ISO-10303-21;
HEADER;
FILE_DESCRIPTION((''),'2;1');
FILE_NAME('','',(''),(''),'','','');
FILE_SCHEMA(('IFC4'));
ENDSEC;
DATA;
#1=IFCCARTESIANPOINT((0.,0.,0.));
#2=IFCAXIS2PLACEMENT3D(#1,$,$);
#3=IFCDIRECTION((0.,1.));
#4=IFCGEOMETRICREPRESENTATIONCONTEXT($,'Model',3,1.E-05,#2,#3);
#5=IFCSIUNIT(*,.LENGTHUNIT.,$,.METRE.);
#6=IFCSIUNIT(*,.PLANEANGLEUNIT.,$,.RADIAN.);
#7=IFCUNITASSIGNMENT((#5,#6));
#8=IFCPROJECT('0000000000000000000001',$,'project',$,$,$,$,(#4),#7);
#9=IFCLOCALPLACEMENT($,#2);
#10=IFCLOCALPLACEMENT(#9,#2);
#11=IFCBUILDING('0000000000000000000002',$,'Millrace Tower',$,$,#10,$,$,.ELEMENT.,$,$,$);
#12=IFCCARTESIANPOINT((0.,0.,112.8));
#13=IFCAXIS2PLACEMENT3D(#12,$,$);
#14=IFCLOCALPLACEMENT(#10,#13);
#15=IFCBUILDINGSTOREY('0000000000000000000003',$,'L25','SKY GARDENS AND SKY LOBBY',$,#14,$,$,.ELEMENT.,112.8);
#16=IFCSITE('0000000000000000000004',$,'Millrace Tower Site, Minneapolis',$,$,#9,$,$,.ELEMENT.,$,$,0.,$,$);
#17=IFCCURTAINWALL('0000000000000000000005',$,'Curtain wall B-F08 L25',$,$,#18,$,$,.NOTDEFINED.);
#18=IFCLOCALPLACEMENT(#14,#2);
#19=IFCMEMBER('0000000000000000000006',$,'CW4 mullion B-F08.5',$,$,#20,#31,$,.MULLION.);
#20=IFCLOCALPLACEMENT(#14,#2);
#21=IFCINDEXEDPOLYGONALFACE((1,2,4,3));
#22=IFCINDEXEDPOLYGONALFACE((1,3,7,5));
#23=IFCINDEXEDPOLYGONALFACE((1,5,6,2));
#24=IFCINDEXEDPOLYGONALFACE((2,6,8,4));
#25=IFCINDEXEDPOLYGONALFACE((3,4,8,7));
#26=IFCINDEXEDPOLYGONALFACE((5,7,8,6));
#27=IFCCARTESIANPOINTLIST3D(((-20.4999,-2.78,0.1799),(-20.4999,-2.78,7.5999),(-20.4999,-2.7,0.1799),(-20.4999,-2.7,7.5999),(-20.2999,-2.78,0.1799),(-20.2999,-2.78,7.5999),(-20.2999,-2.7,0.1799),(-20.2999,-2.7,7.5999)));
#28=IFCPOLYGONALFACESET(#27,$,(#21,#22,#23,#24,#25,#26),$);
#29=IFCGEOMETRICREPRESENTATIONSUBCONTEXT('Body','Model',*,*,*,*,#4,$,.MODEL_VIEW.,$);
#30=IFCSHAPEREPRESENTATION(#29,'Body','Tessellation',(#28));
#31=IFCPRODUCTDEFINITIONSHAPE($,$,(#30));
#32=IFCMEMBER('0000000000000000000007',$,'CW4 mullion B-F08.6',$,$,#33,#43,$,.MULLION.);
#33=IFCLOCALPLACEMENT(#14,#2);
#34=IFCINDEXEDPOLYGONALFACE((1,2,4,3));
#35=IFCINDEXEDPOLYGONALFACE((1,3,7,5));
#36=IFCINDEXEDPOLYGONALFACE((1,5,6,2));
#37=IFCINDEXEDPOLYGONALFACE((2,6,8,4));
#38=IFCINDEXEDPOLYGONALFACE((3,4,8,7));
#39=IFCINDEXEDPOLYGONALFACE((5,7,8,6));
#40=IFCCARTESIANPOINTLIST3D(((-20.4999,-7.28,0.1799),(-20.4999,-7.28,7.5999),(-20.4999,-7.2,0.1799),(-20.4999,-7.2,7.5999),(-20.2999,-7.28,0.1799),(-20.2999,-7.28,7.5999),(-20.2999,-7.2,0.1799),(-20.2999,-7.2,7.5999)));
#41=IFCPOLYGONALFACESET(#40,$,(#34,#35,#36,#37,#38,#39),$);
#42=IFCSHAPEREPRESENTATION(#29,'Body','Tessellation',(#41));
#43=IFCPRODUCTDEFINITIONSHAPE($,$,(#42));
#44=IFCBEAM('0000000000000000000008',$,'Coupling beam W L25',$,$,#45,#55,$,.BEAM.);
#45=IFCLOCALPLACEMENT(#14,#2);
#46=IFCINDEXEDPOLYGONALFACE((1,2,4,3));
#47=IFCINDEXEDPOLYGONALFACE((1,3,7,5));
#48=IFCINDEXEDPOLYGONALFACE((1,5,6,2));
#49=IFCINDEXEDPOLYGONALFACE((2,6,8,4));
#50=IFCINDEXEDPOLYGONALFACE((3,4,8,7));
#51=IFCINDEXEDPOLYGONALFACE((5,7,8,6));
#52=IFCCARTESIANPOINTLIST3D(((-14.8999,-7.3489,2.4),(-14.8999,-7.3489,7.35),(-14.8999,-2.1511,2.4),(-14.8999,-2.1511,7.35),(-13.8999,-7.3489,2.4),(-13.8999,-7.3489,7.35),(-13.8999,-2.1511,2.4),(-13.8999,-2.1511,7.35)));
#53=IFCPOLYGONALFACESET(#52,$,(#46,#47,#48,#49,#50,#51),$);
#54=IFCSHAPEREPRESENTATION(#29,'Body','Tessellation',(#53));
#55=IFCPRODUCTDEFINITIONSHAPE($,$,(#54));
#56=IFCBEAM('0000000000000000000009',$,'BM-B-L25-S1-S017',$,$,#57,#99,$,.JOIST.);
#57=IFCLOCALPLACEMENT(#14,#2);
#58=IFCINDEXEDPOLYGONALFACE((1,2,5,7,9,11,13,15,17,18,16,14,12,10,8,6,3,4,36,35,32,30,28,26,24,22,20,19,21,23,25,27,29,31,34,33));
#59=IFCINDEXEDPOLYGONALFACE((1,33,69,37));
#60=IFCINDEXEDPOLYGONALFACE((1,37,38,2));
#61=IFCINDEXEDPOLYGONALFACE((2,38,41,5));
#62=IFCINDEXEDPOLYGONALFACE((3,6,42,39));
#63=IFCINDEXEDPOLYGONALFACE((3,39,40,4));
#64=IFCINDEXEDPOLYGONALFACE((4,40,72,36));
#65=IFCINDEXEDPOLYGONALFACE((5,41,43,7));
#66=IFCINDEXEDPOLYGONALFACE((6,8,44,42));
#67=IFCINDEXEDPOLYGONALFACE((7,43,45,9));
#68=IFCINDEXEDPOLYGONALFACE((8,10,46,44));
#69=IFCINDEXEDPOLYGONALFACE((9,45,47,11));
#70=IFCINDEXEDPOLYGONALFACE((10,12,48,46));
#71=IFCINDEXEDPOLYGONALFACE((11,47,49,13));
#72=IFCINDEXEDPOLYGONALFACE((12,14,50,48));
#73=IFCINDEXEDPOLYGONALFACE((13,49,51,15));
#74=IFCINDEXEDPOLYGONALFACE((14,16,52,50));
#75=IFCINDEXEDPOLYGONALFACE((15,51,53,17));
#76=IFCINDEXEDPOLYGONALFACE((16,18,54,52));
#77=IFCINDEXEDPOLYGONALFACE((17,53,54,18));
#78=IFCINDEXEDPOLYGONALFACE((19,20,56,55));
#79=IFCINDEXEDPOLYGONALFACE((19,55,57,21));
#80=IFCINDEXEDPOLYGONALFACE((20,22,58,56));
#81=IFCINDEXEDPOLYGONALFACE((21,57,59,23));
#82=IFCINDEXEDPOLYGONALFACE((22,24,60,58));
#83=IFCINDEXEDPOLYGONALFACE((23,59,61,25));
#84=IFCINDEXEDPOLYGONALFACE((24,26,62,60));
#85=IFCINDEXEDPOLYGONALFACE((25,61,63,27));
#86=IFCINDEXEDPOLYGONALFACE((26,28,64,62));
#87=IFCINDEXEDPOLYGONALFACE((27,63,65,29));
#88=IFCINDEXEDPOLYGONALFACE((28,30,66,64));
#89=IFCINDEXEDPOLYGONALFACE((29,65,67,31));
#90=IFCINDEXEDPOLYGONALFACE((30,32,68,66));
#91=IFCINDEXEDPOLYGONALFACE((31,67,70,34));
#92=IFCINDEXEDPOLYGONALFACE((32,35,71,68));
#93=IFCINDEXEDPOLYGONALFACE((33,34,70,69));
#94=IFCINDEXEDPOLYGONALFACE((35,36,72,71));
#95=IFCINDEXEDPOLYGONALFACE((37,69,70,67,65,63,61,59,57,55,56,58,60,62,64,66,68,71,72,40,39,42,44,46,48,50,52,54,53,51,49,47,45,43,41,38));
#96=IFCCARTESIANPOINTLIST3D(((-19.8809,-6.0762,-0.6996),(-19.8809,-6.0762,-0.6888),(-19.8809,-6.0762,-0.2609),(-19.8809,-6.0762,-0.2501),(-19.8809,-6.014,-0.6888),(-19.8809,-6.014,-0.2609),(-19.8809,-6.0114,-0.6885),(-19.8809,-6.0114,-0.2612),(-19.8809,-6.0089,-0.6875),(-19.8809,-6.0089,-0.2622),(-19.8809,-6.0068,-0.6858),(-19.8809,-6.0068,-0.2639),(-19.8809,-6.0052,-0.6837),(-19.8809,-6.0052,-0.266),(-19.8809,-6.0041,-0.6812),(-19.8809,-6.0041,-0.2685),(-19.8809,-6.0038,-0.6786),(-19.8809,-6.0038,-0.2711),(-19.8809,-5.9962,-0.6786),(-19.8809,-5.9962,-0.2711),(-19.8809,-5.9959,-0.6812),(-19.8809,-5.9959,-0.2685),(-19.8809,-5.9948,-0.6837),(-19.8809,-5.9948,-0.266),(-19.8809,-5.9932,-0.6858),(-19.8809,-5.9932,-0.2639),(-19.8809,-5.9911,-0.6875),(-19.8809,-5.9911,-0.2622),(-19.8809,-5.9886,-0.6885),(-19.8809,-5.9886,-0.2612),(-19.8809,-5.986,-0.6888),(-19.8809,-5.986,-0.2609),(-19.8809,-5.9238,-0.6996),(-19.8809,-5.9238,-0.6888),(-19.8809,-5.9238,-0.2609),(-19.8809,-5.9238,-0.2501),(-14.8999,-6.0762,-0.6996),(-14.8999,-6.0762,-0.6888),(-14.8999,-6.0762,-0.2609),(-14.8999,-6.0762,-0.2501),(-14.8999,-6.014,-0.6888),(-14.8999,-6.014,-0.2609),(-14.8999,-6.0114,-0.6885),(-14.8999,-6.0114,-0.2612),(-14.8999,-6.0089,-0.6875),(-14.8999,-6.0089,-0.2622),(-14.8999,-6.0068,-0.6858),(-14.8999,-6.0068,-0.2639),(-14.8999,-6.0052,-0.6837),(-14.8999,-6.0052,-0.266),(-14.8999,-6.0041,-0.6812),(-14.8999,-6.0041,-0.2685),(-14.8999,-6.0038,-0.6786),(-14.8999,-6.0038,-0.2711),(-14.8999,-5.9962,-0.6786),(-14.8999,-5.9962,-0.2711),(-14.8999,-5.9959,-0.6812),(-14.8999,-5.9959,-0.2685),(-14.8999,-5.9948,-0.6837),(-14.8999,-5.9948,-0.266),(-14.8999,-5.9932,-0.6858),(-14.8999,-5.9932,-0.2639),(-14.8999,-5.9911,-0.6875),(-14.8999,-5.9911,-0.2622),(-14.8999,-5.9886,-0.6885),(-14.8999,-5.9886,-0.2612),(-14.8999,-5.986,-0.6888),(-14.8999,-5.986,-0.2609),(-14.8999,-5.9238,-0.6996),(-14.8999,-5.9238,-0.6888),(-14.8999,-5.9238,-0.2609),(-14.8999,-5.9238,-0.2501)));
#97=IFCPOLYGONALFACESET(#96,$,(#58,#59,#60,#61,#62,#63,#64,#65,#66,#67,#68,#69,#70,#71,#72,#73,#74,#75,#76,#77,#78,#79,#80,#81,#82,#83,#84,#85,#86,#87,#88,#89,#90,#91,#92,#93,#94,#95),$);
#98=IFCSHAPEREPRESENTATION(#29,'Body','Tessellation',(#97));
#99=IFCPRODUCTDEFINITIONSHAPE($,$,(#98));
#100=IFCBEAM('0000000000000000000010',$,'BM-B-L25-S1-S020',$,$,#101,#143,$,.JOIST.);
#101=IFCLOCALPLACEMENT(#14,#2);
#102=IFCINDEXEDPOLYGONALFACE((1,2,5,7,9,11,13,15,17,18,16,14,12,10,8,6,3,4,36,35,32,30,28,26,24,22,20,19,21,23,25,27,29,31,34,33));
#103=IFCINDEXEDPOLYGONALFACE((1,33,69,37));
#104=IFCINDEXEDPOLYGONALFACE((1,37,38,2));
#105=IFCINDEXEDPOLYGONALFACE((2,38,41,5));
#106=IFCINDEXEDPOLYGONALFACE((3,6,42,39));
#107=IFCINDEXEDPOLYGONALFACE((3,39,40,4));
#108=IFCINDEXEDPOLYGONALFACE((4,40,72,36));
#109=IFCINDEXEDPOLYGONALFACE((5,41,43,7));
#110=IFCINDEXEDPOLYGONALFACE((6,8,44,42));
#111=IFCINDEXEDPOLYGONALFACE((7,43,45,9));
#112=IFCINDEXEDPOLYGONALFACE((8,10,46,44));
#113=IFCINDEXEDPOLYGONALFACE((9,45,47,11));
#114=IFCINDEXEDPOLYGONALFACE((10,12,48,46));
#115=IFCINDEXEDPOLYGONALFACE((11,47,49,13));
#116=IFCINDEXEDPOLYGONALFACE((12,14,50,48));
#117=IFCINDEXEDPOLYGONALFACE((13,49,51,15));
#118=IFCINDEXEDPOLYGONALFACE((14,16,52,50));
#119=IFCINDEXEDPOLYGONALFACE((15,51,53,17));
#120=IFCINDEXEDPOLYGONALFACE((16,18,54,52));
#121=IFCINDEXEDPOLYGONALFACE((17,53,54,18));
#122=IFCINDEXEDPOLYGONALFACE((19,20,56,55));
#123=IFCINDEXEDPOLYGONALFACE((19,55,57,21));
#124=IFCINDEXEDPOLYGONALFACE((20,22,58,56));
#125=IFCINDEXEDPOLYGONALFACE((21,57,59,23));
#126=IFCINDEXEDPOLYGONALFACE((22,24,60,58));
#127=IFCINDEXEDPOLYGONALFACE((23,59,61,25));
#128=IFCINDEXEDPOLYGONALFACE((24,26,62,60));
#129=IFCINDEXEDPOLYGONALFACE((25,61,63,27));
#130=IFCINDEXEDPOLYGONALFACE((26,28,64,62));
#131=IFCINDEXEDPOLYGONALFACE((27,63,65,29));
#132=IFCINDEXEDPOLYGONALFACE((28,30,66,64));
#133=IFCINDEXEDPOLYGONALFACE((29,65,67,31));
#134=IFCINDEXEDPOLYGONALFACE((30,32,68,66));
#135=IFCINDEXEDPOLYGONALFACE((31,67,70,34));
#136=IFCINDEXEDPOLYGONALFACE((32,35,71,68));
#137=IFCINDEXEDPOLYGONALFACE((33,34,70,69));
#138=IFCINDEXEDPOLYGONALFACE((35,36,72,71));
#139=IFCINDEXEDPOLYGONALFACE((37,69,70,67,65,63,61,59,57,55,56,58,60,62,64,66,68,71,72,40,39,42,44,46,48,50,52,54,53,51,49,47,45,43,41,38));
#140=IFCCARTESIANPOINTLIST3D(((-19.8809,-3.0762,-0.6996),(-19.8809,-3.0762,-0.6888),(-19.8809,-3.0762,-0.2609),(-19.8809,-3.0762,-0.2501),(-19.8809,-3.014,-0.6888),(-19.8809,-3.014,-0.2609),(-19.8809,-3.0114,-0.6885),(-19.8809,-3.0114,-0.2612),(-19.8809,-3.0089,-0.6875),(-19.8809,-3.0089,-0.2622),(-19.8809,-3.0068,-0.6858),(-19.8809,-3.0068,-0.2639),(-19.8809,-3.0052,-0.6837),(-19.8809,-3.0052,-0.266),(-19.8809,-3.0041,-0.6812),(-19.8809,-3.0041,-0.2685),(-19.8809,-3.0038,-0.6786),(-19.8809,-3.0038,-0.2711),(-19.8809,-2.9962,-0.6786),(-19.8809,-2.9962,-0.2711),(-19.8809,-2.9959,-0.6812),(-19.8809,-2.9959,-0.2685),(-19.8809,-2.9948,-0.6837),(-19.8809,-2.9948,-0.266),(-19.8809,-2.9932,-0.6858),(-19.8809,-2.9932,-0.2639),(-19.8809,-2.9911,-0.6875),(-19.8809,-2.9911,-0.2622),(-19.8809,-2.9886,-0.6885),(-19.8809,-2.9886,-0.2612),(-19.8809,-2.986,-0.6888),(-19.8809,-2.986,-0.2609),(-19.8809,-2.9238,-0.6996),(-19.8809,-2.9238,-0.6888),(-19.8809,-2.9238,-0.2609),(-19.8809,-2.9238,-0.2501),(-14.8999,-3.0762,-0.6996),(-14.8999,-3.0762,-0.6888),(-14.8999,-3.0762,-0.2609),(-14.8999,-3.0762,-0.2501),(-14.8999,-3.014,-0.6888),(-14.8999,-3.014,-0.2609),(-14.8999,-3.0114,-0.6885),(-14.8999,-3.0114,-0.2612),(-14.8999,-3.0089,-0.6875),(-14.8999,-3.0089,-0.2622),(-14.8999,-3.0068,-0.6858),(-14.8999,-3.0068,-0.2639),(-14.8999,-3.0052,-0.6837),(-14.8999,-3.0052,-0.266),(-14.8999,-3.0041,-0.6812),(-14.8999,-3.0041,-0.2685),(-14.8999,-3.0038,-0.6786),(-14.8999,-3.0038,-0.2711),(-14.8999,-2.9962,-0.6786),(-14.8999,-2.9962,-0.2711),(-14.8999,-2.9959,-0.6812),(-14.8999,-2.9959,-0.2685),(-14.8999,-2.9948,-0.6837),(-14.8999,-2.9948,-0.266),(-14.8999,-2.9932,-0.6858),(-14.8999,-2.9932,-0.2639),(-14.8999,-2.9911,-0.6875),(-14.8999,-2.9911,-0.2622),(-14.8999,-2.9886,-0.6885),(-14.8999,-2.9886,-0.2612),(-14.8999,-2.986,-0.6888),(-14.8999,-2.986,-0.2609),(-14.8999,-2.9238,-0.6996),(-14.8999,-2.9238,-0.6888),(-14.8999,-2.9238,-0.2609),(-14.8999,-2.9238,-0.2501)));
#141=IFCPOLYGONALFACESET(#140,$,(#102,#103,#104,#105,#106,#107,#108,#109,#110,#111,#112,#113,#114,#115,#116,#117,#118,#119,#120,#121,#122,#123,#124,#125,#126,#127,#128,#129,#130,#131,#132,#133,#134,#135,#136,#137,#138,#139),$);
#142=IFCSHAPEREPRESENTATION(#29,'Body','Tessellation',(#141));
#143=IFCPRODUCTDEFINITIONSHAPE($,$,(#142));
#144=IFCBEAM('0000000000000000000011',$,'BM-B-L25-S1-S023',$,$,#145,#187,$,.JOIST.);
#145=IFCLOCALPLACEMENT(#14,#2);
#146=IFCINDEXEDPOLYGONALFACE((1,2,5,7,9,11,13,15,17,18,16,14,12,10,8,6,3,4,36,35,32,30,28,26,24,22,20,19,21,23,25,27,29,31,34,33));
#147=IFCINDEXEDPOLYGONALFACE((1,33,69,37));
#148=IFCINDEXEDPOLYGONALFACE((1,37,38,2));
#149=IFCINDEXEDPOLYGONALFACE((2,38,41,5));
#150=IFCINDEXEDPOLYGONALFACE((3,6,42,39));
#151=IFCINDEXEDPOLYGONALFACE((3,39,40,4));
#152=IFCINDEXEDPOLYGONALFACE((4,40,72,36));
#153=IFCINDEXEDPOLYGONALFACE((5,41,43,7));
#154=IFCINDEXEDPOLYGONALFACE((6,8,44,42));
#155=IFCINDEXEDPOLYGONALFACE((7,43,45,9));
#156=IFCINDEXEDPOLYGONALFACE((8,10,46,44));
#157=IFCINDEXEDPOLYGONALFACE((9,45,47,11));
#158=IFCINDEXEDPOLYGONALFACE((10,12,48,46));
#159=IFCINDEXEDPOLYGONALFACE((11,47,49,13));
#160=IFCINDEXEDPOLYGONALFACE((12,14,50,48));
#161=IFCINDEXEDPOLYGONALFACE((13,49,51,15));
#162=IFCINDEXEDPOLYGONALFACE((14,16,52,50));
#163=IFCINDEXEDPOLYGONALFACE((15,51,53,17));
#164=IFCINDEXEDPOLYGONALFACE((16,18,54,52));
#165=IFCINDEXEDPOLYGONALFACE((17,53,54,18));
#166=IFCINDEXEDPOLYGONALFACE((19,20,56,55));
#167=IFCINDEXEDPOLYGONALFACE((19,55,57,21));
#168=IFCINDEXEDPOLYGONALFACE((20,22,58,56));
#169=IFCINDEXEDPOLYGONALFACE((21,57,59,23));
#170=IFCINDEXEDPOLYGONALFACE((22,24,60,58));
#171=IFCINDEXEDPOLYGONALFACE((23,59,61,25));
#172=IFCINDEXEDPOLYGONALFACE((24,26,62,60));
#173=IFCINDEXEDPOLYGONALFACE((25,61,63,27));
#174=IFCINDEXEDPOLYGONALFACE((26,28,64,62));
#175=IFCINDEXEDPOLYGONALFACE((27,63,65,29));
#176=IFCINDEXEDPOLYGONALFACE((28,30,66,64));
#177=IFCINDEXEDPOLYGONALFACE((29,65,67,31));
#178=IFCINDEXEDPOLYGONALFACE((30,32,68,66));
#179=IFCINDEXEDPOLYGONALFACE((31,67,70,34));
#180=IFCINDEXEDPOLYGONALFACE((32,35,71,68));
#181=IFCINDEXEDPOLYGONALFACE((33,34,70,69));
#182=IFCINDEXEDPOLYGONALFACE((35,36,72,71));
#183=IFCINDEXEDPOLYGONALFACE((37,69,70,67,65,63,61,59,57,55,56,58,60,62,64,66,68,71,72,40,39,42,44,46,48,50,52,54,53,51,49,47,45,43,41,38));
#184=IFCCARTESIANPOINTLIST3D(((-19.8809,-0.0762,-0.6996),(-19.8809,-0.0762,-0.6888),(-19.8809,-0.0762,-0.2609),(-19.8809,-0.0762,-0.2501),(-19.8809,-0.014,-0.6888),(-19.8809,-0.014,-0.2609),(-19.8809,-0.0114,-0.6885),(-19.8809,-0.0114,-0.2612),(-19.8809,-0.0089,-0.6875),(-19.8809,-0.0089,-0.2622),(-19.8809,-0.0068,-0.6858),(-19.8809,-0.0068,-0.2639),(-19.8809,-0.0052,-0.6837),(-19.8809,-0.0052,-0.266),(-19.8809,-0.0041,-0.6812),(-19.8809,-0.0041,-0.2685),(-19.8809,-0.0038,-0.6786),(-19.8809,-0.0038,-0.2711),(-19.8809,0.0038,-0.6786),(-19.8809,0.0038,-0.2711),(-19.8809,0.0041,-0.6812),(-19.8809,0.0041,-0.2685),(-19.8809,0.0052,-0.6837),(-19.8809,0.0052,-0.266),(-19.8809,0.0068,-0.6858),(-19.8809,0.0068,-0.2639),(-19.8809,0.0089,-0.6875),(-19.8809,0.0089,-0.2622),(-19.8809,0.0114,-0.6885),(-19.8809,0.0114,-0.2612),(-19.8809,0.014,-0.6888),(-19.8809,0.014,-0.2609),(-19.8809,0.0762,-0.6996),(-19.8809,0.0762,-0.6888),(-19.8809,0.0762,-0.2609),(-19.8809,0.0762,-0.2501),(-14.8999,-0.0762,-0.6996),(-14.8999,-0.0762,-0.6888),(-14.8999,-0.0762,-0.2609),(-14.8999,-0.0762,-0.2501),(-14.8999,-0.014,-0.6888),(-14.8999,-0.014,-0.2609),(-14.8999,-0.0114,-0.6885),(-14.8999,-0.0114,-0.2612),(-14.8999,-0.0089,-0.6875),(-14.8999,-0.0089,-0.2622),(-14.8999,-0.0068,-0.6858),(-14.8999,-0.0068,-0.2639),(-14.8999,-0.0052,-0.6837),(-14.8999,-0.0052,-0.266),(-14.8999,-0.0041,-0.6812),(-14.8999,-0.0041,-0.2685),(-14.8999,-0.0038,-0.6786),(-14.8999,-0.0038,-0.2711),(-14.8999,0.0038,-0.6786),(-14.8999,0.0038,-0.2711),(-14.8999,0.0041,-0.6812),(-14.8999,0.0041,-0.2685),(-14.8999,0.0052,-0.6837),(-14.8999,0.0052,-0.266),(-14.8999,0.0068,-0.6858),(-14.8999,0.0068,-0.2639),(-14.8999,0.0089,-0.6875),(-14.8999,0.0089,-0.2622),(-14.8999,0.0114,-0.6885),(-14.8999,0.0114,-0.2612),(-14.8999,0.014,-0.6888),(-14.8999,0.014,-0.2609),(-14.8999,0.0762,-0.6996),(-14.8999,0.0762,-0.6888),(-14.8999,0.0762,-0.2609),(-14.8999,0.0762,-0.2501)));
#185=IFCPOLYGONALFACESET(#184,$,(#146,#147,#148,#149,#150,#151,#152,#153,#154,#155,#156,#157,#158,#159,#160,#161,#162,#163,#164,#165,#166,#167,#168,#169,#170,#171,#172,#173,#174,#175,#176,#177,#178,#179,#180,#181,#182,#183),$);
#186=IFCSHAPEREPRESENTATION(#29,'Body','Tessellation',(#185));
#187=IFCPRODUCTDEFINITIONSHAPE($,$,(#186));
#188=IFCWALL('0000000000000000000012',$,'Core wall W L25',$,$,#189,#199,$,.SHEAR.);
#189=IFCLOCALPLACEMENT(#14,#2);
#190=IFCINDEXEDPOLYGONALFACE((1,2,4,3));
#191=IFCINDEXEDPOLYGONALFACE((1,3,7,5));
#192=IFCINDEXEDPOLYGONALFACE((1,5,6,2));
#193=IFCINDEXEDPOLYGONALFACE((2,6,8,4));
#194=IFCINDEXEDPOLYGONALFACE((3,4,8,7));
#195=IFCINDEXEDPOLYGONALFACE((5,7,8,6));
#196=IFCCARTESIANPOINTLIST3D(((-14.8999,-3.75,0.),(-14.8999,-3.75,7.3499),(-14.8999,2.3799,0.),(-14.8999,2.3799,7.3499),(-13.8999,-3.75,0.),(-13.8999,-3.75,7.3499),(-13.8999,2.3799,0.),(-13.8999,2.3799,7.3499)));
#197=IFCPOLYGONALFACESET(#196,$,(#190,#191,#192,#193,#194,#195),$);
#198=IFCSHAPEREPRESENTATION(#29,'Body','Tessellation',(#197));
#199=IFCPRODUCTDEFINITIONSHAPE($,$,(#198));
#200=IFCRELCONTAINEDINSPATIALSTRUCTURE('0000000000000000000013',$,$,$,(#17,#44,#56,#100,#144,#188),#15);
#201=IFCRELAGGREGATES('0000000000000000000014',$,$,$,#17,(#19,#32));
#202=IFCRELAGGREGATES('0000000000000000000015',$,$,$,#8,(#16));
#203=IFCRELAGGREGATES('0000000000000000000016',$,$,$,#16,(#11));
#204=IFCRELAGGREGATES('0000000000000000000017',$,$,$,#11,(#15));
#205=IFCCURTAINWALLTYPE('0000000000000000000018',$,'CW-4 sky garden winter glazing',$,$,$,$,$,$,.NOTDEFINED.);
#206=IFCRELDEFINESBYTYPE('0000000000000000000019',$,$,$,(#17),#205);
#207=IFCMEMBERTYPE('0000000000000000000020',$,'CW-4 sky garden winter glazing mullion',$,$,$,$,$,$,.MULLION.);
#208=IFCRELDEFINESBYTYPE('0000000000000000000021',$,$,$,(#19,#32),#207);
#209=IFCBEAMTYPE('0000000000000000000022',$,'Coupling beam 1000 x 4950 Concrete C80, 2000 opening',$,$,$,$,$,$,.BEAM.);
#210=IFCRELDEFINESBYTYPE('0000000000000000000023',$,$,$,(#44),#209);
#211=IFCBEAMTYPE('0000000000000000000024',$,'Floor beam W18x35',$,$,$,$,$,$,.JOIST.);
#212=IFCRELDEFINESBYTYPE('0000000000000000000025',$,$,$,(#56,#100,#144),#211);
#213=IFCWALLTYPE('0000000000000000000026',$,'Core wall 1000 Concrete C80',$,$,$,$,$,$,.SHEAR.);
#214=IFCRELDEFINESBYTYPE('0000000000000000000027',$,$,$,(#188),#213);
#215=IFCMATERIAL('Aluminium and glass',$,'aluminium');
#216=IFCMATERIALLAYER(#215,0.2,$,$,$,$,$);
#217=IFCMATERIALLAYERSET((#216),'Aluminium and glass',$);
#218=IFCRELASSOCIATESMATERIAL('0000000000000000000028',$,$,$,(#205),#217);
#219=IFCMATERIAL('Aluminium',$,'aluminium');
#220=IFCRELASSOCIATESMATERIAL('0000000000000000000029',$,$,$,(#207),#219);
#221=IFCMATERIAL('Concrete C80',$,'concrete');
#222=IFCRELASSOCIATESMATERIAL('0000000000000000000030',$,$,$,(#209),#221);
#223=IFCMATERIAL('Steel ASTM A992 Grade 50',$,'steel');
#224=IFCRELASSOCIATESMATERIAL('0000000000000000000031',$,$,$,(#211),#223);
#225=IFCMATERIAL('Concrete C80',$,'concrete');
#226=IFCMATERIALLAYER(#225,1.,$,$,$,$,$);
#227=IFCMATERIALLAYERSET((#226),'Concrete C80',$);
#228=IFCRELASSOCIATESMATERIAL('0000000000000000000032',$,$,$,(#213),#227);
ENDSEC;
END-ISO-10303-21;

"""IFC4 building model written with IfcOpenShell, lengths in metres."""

from ifc_helpers import new_model, si_unit, direction, frame, frame_2d, origin, origin_2d, place, context, subcontext, project, spatial, rectangle, i_section, extrude, material, layer, layer_set, material_profile, profile_set, type_object, element, aggregate, save


model = new_model("IFC4")

# Units and contexts
model_context = context("Model", 3, precision=1e-05, world=origin(), true_north=direction((0.0, 1.0)))
body_context = subcontext(model_context, "Body", "Model", "MODEL_VIEW")
ifc_project = project(units=[si_unit("LENGTHUNIT", "METRE"), si_unit("PLANEANGLEUNIT", "RADIAN")], contexts=[model_context])

# Site, building, storey
site_placement = place(None, origin())
site = spatial("IfcSite", under=ifc_project, at=site_placement, Name="Millrace Tower Site, Minneapolis", CompositionType="ELEMENT", RefElevation=0.0)
building_placement = place(site_placement, origin())
building = spatial("IfcBuilding", under=site, at=building_placement, Name="Millrace Tower", CompositionType="ELEMENT")
storey_placement = place(building_placement, frame((0.0, 0.0, 112.8)))
storey = spatial("IfcBuildingStorey", under=building, at=storey_placement, Name="L25", Description="SKY GARDENS AND SKY LOBBY", CompositionType="ELEMENT", Elevation=112.8)

# Curtain wall, members
ifc_material_1 = material(Name="Aluminium and glass", Category="aluminium")
ifc_layer_1 = layer(ifc_material_1, 0.2)
ifc_layer_set_1 = layer_set([ifc_layer_1], Name="Aluminium and glass")
curtain_wall_type = type_object("IfcCurtainWallType", Name="CW-4 sky garden winter glazing", PredefinedType="NOTDEFINED", material=ifc_layer_set_1)
curtain_wall_placement = place(storey_placement, origin())
curtain_wall = element("IfcCurtainWall", 1, at=curtain_wall_placement, inside=storey, type_object=curtain_wall_type, Name="Curtain wall B-F08 L25", PredefinedType="NOTDEFINED")
ifc_material_2 = material(Name="Aluminium", Category="aluminium")
ifc_material_profile_1 = material_profile(ifc_material_2, rectangle(XDim=0.0801, YDim=0.2, at=origin_2d()))
ifc_profile_set_1 = profile_set([ifc_material_profile_1], Name="Aluminium")
member_type = type_object("IfcMemberType", Name="CW-4 sky garden winter glazing mullion", PredefinedType="MULLION", material=ifc_profile_set_1)
member_1_placement = place(storey_placement, frame((-20.3999, -2.74, 0.1799), z_axis=(0.0, 0.0, 1.0), x_axis=(0.0, -1.0, 0.0)))
member_1 = element("IfcMember", 2, at=member_1_placement, type_object=member_type, Name="CW4 mullion B-F08.5", PredefinedType="MULLION", context=body_context, shape_type="SweptSolid", body=[
    extrude(rectangle(XDim=0.0801, YDim=0.2, at=origin_2d()), origin(), (0.0, 0.0, 1.0), 7.4199),
])
member_2_placement = place(storey_placement, frame((-20.3999, -7.24, 0.1799), z_axis=(0.0, 0.0, 1.0), x_axis=(0.0, -1.0, 0.0)))
member_2 = element("IfcMember", 3, at=member_2_placement, type_object=member_type, Name="CW4 mullion B-F08.6", PredefinedType="MULLION", context=body_context, shape_type="SweptSolid", body=[
    extrude(rectangle(XDim=0.0801, YDim=0.2, at=origin_2d()), origin(), (0.0, 0.0, 1.0), 7.4199),
])
aggregate(curtain_wall, [member_1, member_2])

# Beams
ifc_material_3 = material(Name="Concrete C80", Category="concrete")
ifc_material_profile_2 = material_profile(ifc_material_3, rectangle(XDim=1.0, YDim=4.95, at=origin_2d()))
ifc_profile_set_2 = profile_set([ifc_material_profile_2], Name="Concrete C80")
beam_type_1 = type_object("IfcBeamType", Name="Coupling beam 1000 x 4950 Concrete C80, 2000 opening", PredefinedType="BEAM", material=ifc_profile_set_2)
beam_placement = place(storey_placement, frame((-14.3999, -7.3489, 4.875), z_axis=(0.0, 1.0, 0.0), x_axis=(-1.0, 0.0, 0.0)))
element("IfcBeam", 4, at=beam_placement, inside=storey, type_object=beam_type_1, Name="Coupling beam W L25", PredefinedType="BEAM", context=body_context, shape_type="SweptSolid", body=[
    extrude(rectangle(XDim=1.0, YDim=4.95, at=origin_2d()), origin(), (0.0, 0.0, 1.0), 5.1978),
])
ifc_material_4 = material(Name="Steel ASTM A992 Grade 50", Category="steel")
ifc_material_profile_3 = material_profile(ifc_material_4, i_section(OverallWidth=0.1523, OverallDepth=0.4495, WebThickness=0.0076, FlangeThickness=0.0107, FilletRadius=0.0103, at=origin_2d()))
ifc_profile_set_3 = profile_set([ifc_material_profile_3], Name="Steel ASTM A992 Grade 50")
beam_type_2 = type_object("IfcBeamType", Name="Floor beam W18x35", PredefinedType="JOIST", material=ifc_profile_set_3)
for number, where, z_axis, x_axis, name in (
    (5, (-19.8809, -6.0, -0.4749), (1.0, 0.0, 0.0), (0.0, 1.0, 0.0), "BM-B-L25-S1-S017"),
    (6, (-19.8809, -3.0, -0.4749), (1.0, 0.0, 0.0), (0.0, 1.0, 0.0), "BM-B-L25-S1-S020"),
    (7, (-19.8809, 0.0, -0.4749), (1.0, 0.0, 0.0), (0.0, 1.0, 0.0), "BM-B-L25-S1-S023"),
):
    element("IfcBeam", number, at=place(storey_placement, frame(where, z_axis=z_axis, x_axis=x_axis)), inside=storey, type_object=beam_type_2, Name=name, PredefinedType="JOIST", context=body_context, shape_type="SweptSolid", body=[
        extrude(i_section(OverallWidth=0.1523, OverallDepth=0.4495, WebThickness=0.0076, FlangeThickness=0.0107, FilletRadius=0.0103, at=origin_2d()), origin(), (0.0, 0.0, 1.0), 4.981),
    ])

# Wall
ifc_material_5 = material(Name="Concrete C80", Category="concrete")
ifc_layer_2 = layer(ifc_material_5, 1.0)
ifc_layer_set_2 = layer_set([ifc_layer_2], Name="Concrete C80")
wall_type_1 = type_object("IfcWallType", Name="Core wall 1000 Concrete C80", PredefinedType="SHEAR", material=ifc_layer_set_2)
wall_1_placement = place(storey_placement, frame((-14.3999, -3.75, 0.0), z_axis=(0.0, 0.0, 1.0), x_axis=(0.0, 1.0, 0.0)))
element("IfcWall", 8, at=wall_1_placement, inside=storey, type_object=wall_type_1, Name="Core wall W L25", PredefinedType="SHEAR", context=body_context, shape_type="SweptSolid", body=[
    extrude(rectangle(XDim=6.1299, YDim=1.0, at=frame_2d((3.0649, 0.0))), origin(), (0.0, 0.0, 1.0), 7.3499),
])

save(model, "model.ifc")
